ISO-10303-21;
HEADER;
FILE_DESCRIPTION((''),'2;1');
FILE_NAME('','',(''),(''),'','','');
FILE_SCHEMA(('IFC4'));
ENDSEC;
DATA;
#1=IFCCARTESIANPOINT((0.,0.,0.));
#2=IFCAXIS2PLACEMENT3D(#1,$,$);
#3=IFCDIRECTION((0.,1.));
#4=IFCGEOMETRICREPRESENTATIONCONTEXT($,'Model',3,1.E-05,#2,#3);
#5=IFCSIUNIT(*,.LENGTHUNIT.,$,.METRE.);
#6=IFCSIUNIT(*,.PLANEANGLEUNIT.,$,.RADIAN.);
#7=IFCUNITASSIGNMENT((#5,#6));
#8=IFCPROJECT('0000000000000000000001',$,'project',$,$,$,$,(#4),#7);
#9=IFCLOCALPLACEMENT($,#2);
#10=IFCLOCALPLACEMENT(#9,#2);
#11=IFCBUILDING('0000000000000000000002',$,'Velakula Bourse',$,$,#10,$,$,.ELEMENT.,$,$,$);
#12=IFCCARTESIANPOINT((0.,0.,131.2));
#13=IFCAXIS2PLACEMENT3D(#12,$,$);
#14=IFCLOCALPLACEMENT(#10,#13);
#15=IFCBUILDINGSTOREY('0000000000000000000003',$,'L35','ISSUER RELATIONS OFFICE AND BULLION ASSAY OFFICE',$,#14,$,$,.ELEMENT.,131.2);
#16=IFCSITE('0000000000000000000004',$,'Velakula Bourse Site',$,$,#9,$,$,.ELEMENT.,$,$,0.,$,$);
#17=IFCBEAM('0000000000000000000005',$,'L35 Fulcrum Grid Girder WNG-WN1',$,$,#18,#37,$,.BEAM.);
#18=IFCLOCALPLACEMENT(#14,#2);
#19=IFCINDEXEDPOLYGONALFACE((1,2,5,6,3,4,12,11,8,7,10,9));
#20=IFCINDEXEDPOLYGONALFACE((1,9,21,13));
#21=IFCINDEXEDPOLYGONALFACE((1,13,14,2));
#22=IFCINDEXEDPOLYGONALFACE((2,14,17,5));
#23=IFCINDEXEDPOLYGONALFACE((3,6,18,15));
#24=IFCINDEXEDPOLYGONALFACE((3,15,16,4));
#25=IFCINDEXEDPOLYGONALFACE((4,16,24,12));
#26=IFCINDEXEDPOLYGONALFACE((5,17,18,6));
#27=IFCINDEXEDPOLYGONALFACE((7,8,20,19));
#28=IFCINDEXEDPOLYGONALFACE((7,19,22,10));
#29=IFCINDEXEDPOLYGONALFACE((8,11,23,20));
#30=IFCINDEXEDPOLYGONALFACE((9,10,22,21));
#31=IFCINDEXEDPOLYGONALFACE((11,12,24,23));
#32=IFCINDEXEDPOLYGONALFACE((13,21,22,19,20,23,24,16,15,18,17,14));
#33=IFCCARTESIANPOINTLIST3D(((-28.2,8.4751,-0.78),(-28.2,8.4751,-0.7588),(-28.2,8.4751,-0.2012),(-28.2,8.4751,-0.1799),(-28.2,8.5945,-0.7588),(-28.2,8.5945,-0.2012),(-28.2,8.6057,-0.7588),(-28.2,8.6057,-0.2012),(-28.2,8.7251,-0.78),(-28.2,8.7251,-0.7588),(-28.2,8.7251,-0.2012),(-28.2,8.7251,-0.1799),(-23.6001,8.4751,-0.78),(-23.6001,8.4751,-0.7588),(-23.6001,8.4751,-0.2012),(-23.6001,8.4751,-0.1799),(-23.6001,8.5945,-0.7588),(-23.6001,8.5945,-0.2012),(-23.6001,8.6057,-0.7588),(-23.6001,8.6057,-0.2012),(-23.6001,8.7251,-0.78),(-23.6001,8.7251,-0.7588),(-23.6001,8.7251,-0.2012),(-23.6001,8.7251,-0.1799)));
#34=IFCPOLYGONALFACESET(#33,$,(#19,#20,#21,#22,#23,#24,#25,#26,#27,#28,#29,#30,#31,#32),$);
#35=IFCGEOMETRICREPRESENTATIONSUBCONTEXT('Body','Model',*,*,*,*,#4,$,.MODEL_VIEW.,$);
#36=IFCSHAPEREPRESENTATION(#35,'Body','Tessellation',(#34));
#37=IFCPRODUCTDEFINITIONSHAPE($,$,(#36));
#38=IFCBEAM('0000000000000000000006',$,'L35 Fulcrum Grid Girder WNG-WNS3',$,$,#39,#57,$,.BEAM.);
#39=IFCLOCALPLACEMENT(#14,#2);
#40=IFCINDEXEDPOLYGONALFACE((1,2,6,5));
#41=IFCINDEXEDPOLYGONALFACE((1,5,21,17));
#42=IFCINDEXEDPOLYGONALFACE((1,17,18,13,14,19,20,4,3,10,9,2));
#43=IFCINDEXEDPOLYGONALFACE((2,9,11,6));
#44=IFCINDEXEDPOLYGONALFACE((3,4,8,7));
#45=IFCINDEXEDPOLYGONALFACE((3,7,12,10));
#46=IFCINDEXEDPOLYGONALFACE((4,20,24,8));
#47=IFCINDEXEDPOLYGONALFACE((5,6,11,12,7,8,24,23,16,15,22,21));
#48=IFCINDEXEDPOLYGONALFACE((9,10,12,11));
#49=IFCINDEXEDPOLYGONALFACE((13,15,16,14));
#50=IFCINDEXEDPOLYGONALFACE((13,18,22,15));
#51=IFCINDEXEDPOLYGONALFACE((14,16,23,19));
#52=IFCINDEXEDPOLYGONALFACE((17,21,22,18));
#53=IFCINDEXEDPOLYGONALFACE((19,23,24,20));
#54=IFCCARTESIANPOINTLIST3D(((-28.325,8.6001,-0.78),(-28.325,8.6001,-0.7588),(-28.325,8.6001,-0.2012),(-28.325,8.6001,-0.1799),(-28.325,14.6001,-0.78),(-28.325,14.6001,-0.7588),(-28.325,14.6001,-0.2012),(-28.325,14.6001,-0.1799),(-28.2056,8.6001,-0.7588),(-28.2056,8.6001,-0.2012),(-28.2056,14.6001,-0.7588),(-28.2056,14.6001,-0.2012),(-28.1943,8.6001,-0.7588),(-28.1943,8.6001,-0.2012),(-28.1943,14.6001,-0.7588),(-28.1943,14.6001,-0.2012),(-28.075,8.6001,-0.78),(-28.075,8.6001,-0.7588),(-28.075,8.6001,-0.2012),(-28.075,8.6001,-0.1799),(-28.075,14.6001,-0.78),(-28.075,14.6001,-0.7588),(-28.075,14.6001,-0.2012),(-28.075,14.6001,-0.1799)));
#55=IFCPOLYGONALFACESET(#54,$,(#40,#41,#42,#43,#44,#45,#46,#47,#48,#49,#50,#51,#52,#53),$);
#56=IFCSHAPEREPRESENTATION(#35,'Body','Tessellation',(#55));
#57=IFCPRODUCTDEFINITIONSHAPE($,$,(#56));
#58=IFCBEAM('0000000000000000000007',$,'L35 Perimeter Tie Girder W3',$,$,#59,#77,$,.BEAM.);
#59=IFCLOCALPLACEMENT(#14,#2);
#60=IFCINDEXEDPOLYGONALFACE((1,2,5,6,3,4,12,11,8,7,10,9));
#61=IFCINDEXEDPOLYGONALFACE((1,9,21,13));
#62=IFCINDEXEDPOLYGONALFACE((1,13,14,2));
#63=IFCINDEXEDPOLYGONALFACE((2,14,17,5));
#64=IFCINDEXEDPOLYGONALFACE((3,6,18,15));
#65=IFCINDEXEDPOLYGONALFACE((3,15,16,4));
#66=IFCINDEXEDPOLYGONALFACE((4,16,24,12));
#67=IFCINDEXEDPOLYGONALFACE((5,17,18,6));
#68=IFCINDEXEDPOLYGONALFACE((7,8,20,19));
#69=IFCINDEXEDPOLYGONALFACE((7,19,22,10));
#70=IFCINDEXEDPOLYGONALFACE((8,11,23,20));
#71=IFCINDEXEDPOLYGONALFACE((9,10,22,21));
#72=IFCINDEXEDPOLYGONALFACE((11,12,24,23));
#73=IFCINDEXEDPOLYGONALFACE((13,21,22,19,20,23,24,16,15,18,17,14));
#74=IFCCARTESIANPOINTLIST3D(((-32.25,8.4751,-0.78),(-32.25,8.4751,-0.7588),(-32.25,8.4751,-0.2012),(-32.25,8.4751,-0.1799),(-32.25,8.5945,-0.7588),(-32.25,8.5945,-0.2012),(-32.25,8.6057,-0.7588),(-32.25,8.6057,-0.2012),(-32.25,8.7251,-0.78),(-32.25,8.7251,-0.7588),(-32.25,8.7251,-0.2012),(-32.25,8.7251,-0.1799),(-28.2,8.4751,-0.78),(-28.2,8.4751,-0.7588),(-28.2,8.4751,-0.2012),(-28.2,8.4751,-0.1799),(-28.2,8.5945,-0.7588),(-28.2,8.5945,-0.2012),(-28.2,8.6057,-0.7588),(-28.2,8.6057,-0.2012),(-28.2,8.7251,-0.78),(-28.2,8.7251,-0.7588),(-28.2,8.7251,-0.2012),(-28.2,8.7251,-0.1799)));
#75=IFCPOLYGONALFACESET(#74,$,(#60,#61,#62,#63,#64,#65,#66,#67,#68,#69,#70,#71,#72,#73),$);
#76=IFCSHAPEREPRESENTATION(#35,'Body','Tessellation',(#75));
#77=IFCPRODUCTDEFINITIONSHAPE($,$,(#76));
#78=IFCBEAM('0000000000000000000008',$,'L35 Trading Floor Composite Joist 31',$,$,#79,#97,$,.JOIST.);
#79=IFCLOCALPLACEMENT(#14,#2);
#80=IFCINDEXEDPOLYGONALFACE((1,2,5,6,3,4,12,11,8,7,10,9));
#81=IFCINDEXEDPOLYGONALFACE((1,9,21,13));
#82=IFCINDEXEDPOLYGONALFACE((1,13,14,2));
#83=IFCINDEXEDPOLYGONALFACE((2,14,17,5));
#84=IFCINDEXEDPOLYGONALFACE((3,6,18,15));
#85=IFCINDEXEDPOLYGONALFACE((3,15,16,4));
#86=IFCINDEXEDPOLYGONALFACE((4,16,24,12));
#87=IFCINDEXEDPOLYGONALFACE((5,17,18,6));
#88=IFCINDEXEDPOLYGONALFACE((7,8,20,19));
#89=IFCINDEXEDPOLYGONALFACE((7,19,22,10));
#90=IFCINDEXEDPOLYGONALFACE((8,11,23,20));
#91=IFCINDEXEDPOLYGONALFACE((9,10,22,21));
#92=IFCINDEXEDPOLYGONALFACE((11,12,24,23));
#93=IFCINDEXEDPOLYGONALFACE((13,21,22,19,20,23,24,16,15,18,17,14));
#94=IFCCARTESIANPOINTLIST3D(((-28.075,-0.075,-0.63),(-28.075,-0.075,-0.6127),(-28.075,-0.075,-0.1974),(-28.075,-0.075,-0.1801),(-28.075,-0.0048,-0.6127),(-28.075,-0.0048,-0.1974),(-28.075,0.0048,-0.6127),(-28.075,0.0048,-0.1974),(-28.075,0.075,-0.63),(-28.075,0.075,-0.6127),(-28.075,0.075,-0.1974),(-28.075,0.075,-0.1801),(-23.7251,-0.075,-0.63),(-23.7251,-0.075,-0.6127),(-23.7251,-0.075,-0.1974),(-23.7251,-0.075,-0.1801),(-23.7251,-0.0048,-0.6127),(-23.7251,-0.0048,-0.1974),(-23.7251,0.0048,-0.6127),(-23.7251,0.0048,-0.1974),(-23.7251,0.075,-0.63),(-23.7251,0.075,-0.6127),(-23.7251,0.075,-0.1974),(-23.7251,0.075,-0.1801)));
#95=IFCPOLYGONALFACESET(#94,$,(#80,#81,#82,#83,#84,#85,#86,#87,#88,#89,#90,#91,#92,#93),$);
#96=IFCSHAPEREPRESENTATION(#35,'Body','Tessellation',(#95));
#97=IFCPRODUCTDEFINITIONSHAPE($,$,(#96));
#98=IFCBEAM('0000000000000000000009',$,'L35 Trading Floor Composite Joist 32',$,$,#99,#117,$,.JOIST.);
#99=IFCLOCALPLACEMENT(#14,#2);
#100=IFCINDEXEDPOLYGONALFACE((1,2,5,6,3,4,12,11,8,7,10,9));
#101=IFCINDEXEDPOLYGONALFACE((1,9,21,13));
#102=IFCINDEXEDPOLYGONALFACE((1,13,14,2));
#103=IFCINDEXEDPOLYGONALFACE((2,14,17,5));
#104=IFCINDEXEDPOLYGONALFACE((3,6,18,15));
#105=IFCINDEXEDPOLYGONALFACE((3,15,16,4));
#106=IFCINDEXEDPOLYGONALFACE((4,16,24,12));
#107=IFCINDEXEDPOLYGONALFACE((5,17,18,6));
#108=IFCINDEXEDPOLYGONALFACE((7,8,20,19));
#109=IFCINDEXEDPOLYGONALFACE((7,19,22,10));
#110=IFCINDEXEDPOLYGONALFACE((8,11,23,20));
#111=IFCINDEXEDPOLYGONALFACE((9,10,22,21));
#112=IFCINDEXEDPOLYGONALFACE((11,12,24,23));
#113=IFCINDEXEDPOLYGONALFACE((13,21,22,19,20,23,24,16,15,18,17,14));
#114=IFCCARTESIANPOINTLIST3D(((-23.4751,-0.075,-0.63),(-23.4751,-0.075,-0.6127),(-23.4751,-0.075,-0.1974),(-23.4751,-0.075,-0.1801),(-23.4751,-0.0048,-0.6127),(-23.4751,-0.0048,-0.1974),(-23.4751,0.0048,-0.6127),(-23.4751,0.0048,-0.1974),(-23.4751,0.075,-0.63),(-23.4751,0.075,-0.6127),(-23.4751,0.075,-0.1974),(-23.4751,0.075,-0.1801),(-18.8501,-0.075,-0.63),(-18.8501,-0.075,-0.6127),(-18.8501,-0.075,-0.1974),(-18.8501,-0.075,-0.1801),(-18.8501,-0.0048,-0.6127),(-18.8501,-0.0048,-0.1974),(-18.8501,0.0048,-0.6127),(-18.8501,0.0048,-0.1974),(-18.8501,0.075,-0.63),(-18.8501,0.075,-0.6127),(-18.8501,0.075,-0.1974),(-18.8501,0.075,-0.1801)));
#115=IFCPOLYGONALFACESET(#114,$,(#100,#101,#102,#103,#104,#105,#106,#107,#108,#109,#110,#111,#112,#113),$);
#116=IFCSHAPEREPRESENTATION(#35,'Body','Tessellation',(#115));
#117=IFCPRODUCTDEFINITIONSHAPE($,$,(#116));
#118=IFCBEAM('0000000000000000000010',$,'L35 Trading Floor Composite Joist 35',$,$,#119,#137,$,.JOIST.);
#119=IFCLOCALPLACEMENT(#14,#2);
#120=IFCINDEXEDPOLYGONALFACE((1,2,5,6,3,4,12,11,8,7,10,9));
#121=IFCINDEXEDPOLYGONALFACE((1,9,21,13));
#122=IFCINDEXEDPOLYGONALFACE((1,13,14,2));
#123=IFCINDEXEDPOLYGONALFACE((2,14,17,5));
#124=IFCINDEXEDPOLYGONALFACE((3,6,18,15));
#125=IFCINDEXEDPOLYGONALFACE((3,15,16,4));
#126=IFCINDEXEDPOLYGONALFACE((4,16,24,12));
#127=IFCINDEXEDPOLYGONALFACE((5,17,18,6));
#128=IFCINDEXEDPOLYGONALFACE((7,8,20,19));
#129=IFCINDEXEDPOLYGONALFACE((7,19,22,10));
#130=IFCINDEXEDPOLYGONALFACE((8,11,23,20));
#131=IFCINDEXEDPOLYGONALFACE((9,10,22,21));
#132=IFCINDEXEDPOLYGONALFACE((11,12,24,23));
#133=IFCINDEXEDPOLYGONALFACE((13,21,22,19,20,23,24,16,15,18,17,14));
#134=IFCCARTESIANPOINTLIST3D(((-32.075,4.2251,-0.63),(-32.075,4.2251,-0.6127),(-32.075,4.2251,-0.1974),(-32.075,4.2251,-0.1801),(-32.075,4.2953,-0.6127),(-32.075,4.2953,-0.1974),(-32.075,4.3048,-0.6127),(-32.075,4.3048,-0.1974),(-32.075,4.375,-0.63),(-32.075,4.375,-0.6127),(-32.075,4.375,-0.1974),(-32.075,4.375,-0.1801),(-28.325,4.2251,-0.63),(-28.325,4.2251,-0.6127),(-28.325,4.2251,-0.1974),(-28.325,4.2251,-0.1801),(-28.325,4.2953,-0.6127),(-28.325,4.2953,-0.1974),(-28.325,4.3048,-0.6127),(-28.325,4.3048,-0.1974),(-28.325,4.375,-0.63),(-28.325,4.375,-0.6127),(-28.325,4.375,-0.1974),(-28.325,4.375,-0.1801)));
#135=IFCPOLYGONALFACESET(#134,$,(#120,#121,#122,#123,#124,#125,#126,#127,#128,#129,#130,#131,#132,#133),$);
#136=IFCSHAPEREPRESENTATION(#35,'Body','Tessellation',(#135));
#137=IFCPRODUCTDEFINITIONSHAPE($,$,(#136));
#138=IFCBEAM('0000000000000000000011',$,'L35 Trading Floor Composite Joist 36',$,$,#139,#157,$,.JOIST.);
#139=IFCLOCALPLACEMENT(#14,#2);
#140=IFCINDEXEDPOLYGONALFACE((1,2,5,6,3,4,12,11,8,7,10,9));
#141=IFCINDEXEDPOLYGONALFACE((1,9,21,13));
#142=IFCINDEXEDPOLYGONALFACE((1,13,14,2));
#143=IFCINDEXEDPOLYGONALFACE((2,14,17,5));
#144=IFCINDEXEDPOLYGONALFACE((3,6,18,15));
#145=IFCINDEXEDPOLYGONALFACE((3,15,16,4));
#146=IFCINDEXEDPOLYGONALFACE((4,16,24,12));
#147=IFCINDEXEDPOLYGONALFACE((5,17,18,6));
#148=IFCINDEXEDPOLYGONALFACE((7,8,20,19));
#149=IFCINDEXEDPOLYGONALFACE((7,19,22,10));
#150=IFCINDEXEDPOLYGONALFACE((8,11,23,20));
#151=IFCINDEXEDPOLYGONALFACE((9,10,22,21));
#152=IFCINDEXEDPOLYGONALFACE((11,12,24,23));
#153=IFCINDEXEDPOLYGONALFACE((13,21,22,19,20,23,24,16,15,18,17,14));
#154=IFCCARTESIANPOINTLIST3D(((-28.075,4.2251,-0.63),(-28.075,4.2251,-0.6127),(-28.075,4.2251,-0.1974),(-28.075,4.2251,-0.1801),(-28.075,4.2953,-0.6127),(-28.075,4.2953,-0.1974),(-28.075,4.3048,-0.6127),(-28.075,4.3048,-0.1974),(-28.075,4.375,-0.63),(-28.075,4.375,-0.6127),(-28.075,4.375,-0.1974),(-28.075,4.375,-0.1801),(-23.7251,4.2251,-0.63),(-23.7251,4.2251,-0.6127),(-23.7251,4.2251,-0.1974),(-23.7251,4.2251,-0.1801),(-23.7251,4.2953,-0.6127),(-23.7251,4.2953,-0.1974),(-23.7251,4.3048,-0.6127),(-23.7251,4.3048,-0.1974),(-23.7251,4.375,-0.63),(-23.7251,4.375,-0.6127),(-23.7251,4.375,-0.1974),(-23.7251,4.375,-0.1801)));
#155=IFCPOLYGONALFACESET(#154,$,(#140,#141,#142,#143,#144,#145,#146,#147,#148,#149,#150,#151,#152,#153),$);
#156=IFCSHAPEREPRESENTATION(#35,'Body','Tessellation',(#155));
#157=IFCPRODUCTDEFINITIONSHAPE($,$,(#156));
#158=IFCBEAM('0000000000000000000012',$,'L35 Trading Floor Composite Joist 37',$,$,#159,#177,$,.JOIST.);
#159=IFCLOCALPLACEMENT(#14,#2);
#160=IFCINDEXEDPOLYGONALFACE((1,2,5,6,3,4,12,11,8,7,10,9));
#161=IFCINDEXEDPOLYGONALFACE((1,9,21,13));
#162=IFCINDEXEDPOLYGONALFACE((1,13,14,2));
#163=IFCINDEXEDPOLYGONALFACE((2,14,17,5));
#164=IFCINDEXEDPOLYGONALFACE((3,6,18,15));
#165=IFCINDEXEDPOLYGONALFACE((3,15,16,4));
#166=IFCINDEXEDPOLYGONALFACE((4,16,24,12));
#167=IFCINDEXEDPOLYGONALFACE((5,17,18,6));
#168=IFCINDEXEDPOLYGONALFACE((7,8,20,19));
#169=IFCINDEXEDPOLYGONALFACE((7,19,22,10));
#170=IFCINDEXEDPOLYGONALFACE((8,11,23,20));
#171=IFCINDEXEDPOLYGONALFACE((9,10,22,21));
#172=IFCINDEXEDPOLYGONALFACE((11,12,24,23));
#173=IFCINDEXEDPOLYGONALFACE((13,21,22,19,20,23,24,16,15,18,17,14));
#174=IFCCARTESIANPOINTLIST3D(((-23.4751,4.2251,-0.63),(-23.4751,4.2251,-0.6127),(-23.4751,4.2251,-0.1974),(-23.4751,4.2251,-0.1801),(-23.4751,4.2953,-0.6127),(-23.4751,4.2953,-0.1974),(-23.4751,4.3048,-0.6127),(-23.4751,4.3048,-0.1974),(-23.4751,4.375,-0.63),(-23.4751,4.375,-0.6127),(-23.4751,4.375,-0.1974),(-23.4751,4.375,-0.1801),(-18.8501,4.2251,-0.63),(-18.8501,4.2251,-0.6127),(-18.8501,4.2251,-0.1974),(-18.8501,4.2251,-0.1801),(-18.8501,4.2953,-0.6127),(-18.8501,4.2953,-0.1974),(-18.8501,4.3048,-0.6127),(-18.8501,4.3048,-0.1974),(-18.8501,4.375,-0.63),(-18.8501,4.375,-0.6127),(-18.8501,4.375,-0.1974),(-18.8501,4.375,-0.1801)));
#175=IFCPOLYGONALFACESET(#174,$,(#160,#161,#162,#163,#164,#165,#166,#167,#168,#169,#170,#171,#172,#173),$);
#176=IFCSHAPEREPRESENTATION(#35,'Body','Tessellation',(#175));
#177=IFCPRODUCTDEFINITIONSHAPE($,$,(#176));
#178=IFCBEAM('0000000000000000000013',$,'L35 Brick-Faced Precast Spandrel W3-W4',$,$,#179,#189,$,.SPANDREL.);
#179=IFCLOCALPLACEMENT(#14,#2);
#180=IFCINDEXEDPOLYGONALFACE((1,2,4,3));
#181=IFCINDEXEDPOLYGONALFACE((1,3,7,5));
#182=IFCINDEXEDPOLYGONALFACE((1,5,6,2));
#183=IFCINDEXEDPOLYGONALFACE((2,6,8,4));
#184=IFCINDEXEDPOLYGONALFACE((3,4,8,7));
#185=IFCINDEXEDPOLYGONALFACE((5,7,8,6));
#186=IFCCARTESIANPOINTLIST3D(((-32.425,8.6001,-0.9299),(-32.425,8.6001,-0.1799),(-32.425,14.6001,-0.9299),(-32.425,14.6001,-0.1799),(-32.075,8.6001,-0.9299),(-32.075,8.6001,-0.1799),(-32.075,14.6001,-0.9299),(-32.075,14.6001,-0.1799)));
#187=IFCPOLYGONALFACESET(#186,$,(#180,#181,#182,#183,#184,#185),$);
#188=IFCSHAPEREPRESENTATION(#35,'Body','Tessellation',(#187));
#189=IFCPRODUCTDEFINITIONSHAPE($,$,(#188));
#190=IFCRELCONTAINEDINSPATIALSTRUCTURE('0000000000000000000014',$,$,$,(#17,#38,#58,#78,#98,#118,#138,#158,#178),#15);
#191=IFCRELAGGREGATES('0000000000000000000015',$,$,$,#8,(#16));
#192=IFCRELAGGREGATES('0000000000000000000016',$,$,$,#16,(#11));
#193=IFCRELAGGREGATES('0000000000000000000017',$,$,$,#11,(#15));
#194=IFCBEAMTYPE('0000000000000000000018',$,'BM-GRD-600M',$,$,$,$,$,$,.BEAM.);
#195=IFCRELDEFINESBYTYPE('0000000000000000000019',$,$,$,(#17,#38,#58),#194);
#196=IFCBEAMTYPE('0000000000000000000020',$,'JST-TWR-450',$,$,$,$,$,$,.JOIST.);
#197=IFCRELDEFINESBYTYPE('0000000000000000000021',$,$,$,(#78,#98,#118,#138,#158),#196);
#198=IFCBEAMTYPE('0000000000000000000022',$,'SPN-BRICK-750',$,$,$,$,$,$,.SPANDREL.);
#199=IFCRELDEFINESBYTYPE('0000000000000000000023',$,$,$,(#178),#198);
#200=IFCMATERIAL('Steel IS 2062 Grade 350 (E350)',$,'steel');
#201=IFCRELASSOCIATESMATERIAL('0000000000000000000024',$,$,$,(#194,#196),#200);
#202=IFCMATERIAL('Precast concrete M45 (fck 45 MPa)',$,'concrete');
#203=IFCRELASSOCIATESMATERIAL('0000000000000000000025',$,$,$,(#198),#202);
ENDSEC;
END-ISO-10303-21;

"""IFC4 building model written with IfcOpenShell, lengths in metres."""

from ifc_helpers import new_model, si_unit, direction, frame, origin, origin_2d, place, context, subcontext, project, spatial, rectangle, i_section, extrude, material, material_profile, profile_set, type_object, element, save


model = new_model("IFC4")

# Units and contexts
model_context = context("Model", 3, precision=1e-05, world=origin(), true_north=direction((0.0, 1.0)))
body_context = subcontext(model_context, "Body", "Model", "MODEL_VIEW")
ifc_project = project(units=[si_unit("LENGTHUNIT", "METRE"), si_unit("PLANEANGLEUNIT", "RADIAN")], contexts=[model_context])

# Site, building, storey
site_placement = place(None, origin())
site = spatial("IfcSite", under=ifc_project, at=site_placement, Name="Velakula Bourse Site", CompositionType="ELEMENT", RefElevation=0.0)
building_placement = place(site_placement, origin())
building = spatial("IfcBuilding", under=site, at=building_placement, Name="Velakula Bourse", CompositionType="ELEMENT")
storey_placement = place(building_placement, frame((0.0, 0.0, 131.2)))
storey = spatial("IfcBuildingStorey", under=building, at=storey_placement, Name="L35", Description="ISSUER RELATIONS OFFICE AND BULLION ASSAY OFFICE", CompositionType="ELEMENT", Elevation=131.2)

# Shared definitions
ifc_material_1 = material(Name="Steel IS 2062 Grade 350 (E350)", Category="steel")

# Beams
ifc_material_profile_1 = material_profile(ifc_material_1, i_section(OverallWidth=0.25, OverallDepth=0.6001, WebThickness=0.0112, FlangeThickness=0.0212, at=origin_2d()), Name="Steel IS 2062 Grade 350 (E350)")
ifc_profile_set_1 = profile_set([ifc_material_profile_1], Name="Steel IS 2062 Grade 350 (E350)")
beam_type_1 = type_object("IfcBeamType", Name="BM-GRD-600M", PredefinedType="BEAM", material=ifc_profile_set_1)
beam_1_placement = place(storey_placement, frame((-28.2, 8.6001, -0.48), z_axis=(1.0, 0.0, 0.0), x_axis=(0.0, 1.0, 0.0)))
element("IfcBeam", 1, at=beam_1_placement, inside=storey, type_object=beam_type_1, Name="L35 Fulcrum Grid Girder WNG-WN1", PredefinedType="BEAM", context=body_context, shape_type="SweptSolid", body=[
    extrude(i_section(OverallWidth=0.25, OverallDepth=0.6001, WebThickness=0.0112, FlangeThickness=0.0212, at=origin_2d()), origin(), (0.0, 0.0, 1.0), 4.5999),
])
beam_2_placement = place(storey_placement, frame((-28.2, 8.6001, -0.48), z_axis=(0.0, 1.0, 0.0), x_axis=(-1.0, 0.0, 0.0)))
element("IfcBeam", 2, at=beam_2_placement, inside=storey, type_object=beam_type_1, Name="L35 Fulcrum Grid Girder WNG-WNS3", PredefinedType="BEAM", context=body_context, shape_type="SweptSolid", body=[
    extrude(i_section(OverallWidth=0.25, OverallDepth=0.6001, WebThickness=0.0112, FlangeThickness=0.0212, at=origin_2d()), origin(), (0.0, 0.0, 1.0), 6.0),
])
beam_3_placement = place(storey_placement, frame((-28.2, 8.6001, -0.48), z_axis=(-1.0, 0.0, 0.0), x_axis=(0.0, -1.0, 0.0)))
element("IfcBeam", 3, at=beam_3_placement, inside=storey, type_object=beam_type_1, Name="L35 Perimeter Tie Girder W3", PredefinedType="BEAM", context=body_context, shape_type="SweptSolid", body=[
    extrude(i_section(OverallWidth=0.25, OverallDepth=0.6001, WebThickness=0.0112, FlangeThickness=0.0212, at=origin_2d()), origin(), (0.0, 0.0, 1.0), 4.05),
])
ifc_material_profile_2 = material_profile(ifc_material_1, i_section(OverallWidth=0.1499, OverallDepth=0.45, WebThickness=0.0095, FlangeThickness=0.0173, at=origin_2d()), Name="Steel IS 2062 Grade 350 (E350)")
ifc_profile_set_2 = profile_set([ifc_material_profile_2], Name="Steel IS 2062 Grade 350 (E350)")
beam_type_2 = type_object("IfcBeamType", Name="JST-TWR-450", PredefinedType="JOIST", material=ifc_profile_set_2)
beam_4_placement = place(storey_placement, frame((-28.075, 0.0, -0.405), z_axis=(1.0, 0.0, 0.0), x_axis=(0.0, 1.0, 0.0)))
element("IfcBeam", 4, at=beam_4_placement, inside=storey, type_object=beam_type_2, Name="L35 Trading Floor Composite Joist 31", PredefinedType="JOIST", context=body_context, shape_type="SweptSolid", body=[
    extrude(i_section(OverallWidth=0.1499, OverallDepth=0.45, WebThickness=0.0095, FlangeThickness=0.0173, at=origin_2d()), origin(), (0.0, 0.0, 1.0), 4.3499),
])
beam_5_placement = place(storey_placement, frame((-23.4751, 0.0, -0.405), z_axis=(1.0, 0.0, 0.0), x_axis=(0.0, 1.0, 0.0)))
element("IfcBeam", 5, at=beam_5_placement, inside=storey, type_object=beam_type_2, Name="L35 Trading Floor Composite Joist 32", PredefinedType="JOIST", context=body_context, shape_type="SweptSolid", body=[
    extrude(i_section(OverallWidth=0.1499, OverallDepth=0.45, WebThickness=0.0095, FlangeThickness=0.0173, at=origin_2d()), origin(), (0.0, 0.0, 1.0), 4.625),
])
beam_6_placement = place(storey_placement, frame((-32.075, 4.3, -0.405), z_axis=(1.0, 0.0, 0.0), x_axis=(0.0, 1.0, 0.0)))
element("IfcBeam", 6, at=beam_6_placement, inside=storey, type_object=beam_type_2, Name="L35 Trading Floor Composite Joist 35", PredefinedType="JOIST", context=body_context, shape_type="SweptSolid", body=[
    extrude(i_section(OverallWidth=0.1499, OverallDepth=0.45, WebThickness=0.0095, FlangeThickness=0.0173, at=origin_2d()), origin(), (0.0, 0.0, 1.0), 3.75),
])
beam_7_placement = place(storey_placement, frame((-28.075, 4.3, -0.405), z_axis=(1.0, 0.0, 0.0), x_axis=(0.0, 1.0, 0.0)))
element("IfcBeam", 7, at=beam_7_placement, inside=storey, type_object=beam_type_2, Name="L35 Trading Floor Composite Joist 36", PredefinedType="JOIST", context=body_context, shape_type="SweptSolid", body=[
    extrude(i_section(OverallWidth=0.1499, OverallDepth=0.45, WebThickness=0.0095, FlangeThickness=0.0173, at=origin_2d()), origin(), (0.0, 0.0, 1.0), 4.3499),
])
beam_8_placement = place(storey_placement, frame((-23.4751, 4.3, -0.405), z_axis=(1.0, 0.0, 0.0), x_axis=(0.0, 1.0, 0.0)))
element("IfcBeam", 8, at=beam_8_placement, inside=storey, type_object=beam_type_2, Name="L35 Trading Floor Composite Joist 37", PredefinedType="JOIST", context=body_context, shape_type="SweptSolid", body=[
    extrude(i_section(OverallWidth=0.1499, OverallDepth=0.45, WebThickness=0.0095, FlangeThickness=0.0173, at=origin_2d()), origin(), (0.0, 0.0, 1.0), 4.625),
])
ifc_material_2 = material(Name="Precast concrete M45 (fck 45 MPa)", Category="concrete")
ifc_material_profile_3 = material_profile(ifc_material_2, rectangle(XDim=0.3501, YDim=0.75, at=origin_2d()), Name="Precast concrete M45 (fck 45 MPa)")
ifc_profile_set_3 = profile_set([ifc_material_profile_3], Name="Precast concrete M45 (fck 45 MPa)")
beam_type_3 = type_object("IfcBeamType", Name="SPN-BRICK-750", PredefinedType="SPANDREL", material=ifc_profile_set_3)
beam_9_placement = place(storey_placement, frame((-32.25, 8.6001, -0.5549), z_axis=(0.0, 1.0, 0.0), x_axis=(-1.0, 0.0, 0.0)))
element("IfcBeam", 9, at=beam_9_placement, inside=storey, type_object=beam_type_3, Name="L35 Brick-Faced Precast Spandrel W3-W4", PredefinedType="SPANDREL", context=body_context, shape_type="SweptSolid", body=[
    extrude(rectangle(XDim=0.3501, YDim=0.75, at=origin_2d()), origin(), (0.0, 0.0, 1.0), 6.0),
])

save(model, "model.ifc")
